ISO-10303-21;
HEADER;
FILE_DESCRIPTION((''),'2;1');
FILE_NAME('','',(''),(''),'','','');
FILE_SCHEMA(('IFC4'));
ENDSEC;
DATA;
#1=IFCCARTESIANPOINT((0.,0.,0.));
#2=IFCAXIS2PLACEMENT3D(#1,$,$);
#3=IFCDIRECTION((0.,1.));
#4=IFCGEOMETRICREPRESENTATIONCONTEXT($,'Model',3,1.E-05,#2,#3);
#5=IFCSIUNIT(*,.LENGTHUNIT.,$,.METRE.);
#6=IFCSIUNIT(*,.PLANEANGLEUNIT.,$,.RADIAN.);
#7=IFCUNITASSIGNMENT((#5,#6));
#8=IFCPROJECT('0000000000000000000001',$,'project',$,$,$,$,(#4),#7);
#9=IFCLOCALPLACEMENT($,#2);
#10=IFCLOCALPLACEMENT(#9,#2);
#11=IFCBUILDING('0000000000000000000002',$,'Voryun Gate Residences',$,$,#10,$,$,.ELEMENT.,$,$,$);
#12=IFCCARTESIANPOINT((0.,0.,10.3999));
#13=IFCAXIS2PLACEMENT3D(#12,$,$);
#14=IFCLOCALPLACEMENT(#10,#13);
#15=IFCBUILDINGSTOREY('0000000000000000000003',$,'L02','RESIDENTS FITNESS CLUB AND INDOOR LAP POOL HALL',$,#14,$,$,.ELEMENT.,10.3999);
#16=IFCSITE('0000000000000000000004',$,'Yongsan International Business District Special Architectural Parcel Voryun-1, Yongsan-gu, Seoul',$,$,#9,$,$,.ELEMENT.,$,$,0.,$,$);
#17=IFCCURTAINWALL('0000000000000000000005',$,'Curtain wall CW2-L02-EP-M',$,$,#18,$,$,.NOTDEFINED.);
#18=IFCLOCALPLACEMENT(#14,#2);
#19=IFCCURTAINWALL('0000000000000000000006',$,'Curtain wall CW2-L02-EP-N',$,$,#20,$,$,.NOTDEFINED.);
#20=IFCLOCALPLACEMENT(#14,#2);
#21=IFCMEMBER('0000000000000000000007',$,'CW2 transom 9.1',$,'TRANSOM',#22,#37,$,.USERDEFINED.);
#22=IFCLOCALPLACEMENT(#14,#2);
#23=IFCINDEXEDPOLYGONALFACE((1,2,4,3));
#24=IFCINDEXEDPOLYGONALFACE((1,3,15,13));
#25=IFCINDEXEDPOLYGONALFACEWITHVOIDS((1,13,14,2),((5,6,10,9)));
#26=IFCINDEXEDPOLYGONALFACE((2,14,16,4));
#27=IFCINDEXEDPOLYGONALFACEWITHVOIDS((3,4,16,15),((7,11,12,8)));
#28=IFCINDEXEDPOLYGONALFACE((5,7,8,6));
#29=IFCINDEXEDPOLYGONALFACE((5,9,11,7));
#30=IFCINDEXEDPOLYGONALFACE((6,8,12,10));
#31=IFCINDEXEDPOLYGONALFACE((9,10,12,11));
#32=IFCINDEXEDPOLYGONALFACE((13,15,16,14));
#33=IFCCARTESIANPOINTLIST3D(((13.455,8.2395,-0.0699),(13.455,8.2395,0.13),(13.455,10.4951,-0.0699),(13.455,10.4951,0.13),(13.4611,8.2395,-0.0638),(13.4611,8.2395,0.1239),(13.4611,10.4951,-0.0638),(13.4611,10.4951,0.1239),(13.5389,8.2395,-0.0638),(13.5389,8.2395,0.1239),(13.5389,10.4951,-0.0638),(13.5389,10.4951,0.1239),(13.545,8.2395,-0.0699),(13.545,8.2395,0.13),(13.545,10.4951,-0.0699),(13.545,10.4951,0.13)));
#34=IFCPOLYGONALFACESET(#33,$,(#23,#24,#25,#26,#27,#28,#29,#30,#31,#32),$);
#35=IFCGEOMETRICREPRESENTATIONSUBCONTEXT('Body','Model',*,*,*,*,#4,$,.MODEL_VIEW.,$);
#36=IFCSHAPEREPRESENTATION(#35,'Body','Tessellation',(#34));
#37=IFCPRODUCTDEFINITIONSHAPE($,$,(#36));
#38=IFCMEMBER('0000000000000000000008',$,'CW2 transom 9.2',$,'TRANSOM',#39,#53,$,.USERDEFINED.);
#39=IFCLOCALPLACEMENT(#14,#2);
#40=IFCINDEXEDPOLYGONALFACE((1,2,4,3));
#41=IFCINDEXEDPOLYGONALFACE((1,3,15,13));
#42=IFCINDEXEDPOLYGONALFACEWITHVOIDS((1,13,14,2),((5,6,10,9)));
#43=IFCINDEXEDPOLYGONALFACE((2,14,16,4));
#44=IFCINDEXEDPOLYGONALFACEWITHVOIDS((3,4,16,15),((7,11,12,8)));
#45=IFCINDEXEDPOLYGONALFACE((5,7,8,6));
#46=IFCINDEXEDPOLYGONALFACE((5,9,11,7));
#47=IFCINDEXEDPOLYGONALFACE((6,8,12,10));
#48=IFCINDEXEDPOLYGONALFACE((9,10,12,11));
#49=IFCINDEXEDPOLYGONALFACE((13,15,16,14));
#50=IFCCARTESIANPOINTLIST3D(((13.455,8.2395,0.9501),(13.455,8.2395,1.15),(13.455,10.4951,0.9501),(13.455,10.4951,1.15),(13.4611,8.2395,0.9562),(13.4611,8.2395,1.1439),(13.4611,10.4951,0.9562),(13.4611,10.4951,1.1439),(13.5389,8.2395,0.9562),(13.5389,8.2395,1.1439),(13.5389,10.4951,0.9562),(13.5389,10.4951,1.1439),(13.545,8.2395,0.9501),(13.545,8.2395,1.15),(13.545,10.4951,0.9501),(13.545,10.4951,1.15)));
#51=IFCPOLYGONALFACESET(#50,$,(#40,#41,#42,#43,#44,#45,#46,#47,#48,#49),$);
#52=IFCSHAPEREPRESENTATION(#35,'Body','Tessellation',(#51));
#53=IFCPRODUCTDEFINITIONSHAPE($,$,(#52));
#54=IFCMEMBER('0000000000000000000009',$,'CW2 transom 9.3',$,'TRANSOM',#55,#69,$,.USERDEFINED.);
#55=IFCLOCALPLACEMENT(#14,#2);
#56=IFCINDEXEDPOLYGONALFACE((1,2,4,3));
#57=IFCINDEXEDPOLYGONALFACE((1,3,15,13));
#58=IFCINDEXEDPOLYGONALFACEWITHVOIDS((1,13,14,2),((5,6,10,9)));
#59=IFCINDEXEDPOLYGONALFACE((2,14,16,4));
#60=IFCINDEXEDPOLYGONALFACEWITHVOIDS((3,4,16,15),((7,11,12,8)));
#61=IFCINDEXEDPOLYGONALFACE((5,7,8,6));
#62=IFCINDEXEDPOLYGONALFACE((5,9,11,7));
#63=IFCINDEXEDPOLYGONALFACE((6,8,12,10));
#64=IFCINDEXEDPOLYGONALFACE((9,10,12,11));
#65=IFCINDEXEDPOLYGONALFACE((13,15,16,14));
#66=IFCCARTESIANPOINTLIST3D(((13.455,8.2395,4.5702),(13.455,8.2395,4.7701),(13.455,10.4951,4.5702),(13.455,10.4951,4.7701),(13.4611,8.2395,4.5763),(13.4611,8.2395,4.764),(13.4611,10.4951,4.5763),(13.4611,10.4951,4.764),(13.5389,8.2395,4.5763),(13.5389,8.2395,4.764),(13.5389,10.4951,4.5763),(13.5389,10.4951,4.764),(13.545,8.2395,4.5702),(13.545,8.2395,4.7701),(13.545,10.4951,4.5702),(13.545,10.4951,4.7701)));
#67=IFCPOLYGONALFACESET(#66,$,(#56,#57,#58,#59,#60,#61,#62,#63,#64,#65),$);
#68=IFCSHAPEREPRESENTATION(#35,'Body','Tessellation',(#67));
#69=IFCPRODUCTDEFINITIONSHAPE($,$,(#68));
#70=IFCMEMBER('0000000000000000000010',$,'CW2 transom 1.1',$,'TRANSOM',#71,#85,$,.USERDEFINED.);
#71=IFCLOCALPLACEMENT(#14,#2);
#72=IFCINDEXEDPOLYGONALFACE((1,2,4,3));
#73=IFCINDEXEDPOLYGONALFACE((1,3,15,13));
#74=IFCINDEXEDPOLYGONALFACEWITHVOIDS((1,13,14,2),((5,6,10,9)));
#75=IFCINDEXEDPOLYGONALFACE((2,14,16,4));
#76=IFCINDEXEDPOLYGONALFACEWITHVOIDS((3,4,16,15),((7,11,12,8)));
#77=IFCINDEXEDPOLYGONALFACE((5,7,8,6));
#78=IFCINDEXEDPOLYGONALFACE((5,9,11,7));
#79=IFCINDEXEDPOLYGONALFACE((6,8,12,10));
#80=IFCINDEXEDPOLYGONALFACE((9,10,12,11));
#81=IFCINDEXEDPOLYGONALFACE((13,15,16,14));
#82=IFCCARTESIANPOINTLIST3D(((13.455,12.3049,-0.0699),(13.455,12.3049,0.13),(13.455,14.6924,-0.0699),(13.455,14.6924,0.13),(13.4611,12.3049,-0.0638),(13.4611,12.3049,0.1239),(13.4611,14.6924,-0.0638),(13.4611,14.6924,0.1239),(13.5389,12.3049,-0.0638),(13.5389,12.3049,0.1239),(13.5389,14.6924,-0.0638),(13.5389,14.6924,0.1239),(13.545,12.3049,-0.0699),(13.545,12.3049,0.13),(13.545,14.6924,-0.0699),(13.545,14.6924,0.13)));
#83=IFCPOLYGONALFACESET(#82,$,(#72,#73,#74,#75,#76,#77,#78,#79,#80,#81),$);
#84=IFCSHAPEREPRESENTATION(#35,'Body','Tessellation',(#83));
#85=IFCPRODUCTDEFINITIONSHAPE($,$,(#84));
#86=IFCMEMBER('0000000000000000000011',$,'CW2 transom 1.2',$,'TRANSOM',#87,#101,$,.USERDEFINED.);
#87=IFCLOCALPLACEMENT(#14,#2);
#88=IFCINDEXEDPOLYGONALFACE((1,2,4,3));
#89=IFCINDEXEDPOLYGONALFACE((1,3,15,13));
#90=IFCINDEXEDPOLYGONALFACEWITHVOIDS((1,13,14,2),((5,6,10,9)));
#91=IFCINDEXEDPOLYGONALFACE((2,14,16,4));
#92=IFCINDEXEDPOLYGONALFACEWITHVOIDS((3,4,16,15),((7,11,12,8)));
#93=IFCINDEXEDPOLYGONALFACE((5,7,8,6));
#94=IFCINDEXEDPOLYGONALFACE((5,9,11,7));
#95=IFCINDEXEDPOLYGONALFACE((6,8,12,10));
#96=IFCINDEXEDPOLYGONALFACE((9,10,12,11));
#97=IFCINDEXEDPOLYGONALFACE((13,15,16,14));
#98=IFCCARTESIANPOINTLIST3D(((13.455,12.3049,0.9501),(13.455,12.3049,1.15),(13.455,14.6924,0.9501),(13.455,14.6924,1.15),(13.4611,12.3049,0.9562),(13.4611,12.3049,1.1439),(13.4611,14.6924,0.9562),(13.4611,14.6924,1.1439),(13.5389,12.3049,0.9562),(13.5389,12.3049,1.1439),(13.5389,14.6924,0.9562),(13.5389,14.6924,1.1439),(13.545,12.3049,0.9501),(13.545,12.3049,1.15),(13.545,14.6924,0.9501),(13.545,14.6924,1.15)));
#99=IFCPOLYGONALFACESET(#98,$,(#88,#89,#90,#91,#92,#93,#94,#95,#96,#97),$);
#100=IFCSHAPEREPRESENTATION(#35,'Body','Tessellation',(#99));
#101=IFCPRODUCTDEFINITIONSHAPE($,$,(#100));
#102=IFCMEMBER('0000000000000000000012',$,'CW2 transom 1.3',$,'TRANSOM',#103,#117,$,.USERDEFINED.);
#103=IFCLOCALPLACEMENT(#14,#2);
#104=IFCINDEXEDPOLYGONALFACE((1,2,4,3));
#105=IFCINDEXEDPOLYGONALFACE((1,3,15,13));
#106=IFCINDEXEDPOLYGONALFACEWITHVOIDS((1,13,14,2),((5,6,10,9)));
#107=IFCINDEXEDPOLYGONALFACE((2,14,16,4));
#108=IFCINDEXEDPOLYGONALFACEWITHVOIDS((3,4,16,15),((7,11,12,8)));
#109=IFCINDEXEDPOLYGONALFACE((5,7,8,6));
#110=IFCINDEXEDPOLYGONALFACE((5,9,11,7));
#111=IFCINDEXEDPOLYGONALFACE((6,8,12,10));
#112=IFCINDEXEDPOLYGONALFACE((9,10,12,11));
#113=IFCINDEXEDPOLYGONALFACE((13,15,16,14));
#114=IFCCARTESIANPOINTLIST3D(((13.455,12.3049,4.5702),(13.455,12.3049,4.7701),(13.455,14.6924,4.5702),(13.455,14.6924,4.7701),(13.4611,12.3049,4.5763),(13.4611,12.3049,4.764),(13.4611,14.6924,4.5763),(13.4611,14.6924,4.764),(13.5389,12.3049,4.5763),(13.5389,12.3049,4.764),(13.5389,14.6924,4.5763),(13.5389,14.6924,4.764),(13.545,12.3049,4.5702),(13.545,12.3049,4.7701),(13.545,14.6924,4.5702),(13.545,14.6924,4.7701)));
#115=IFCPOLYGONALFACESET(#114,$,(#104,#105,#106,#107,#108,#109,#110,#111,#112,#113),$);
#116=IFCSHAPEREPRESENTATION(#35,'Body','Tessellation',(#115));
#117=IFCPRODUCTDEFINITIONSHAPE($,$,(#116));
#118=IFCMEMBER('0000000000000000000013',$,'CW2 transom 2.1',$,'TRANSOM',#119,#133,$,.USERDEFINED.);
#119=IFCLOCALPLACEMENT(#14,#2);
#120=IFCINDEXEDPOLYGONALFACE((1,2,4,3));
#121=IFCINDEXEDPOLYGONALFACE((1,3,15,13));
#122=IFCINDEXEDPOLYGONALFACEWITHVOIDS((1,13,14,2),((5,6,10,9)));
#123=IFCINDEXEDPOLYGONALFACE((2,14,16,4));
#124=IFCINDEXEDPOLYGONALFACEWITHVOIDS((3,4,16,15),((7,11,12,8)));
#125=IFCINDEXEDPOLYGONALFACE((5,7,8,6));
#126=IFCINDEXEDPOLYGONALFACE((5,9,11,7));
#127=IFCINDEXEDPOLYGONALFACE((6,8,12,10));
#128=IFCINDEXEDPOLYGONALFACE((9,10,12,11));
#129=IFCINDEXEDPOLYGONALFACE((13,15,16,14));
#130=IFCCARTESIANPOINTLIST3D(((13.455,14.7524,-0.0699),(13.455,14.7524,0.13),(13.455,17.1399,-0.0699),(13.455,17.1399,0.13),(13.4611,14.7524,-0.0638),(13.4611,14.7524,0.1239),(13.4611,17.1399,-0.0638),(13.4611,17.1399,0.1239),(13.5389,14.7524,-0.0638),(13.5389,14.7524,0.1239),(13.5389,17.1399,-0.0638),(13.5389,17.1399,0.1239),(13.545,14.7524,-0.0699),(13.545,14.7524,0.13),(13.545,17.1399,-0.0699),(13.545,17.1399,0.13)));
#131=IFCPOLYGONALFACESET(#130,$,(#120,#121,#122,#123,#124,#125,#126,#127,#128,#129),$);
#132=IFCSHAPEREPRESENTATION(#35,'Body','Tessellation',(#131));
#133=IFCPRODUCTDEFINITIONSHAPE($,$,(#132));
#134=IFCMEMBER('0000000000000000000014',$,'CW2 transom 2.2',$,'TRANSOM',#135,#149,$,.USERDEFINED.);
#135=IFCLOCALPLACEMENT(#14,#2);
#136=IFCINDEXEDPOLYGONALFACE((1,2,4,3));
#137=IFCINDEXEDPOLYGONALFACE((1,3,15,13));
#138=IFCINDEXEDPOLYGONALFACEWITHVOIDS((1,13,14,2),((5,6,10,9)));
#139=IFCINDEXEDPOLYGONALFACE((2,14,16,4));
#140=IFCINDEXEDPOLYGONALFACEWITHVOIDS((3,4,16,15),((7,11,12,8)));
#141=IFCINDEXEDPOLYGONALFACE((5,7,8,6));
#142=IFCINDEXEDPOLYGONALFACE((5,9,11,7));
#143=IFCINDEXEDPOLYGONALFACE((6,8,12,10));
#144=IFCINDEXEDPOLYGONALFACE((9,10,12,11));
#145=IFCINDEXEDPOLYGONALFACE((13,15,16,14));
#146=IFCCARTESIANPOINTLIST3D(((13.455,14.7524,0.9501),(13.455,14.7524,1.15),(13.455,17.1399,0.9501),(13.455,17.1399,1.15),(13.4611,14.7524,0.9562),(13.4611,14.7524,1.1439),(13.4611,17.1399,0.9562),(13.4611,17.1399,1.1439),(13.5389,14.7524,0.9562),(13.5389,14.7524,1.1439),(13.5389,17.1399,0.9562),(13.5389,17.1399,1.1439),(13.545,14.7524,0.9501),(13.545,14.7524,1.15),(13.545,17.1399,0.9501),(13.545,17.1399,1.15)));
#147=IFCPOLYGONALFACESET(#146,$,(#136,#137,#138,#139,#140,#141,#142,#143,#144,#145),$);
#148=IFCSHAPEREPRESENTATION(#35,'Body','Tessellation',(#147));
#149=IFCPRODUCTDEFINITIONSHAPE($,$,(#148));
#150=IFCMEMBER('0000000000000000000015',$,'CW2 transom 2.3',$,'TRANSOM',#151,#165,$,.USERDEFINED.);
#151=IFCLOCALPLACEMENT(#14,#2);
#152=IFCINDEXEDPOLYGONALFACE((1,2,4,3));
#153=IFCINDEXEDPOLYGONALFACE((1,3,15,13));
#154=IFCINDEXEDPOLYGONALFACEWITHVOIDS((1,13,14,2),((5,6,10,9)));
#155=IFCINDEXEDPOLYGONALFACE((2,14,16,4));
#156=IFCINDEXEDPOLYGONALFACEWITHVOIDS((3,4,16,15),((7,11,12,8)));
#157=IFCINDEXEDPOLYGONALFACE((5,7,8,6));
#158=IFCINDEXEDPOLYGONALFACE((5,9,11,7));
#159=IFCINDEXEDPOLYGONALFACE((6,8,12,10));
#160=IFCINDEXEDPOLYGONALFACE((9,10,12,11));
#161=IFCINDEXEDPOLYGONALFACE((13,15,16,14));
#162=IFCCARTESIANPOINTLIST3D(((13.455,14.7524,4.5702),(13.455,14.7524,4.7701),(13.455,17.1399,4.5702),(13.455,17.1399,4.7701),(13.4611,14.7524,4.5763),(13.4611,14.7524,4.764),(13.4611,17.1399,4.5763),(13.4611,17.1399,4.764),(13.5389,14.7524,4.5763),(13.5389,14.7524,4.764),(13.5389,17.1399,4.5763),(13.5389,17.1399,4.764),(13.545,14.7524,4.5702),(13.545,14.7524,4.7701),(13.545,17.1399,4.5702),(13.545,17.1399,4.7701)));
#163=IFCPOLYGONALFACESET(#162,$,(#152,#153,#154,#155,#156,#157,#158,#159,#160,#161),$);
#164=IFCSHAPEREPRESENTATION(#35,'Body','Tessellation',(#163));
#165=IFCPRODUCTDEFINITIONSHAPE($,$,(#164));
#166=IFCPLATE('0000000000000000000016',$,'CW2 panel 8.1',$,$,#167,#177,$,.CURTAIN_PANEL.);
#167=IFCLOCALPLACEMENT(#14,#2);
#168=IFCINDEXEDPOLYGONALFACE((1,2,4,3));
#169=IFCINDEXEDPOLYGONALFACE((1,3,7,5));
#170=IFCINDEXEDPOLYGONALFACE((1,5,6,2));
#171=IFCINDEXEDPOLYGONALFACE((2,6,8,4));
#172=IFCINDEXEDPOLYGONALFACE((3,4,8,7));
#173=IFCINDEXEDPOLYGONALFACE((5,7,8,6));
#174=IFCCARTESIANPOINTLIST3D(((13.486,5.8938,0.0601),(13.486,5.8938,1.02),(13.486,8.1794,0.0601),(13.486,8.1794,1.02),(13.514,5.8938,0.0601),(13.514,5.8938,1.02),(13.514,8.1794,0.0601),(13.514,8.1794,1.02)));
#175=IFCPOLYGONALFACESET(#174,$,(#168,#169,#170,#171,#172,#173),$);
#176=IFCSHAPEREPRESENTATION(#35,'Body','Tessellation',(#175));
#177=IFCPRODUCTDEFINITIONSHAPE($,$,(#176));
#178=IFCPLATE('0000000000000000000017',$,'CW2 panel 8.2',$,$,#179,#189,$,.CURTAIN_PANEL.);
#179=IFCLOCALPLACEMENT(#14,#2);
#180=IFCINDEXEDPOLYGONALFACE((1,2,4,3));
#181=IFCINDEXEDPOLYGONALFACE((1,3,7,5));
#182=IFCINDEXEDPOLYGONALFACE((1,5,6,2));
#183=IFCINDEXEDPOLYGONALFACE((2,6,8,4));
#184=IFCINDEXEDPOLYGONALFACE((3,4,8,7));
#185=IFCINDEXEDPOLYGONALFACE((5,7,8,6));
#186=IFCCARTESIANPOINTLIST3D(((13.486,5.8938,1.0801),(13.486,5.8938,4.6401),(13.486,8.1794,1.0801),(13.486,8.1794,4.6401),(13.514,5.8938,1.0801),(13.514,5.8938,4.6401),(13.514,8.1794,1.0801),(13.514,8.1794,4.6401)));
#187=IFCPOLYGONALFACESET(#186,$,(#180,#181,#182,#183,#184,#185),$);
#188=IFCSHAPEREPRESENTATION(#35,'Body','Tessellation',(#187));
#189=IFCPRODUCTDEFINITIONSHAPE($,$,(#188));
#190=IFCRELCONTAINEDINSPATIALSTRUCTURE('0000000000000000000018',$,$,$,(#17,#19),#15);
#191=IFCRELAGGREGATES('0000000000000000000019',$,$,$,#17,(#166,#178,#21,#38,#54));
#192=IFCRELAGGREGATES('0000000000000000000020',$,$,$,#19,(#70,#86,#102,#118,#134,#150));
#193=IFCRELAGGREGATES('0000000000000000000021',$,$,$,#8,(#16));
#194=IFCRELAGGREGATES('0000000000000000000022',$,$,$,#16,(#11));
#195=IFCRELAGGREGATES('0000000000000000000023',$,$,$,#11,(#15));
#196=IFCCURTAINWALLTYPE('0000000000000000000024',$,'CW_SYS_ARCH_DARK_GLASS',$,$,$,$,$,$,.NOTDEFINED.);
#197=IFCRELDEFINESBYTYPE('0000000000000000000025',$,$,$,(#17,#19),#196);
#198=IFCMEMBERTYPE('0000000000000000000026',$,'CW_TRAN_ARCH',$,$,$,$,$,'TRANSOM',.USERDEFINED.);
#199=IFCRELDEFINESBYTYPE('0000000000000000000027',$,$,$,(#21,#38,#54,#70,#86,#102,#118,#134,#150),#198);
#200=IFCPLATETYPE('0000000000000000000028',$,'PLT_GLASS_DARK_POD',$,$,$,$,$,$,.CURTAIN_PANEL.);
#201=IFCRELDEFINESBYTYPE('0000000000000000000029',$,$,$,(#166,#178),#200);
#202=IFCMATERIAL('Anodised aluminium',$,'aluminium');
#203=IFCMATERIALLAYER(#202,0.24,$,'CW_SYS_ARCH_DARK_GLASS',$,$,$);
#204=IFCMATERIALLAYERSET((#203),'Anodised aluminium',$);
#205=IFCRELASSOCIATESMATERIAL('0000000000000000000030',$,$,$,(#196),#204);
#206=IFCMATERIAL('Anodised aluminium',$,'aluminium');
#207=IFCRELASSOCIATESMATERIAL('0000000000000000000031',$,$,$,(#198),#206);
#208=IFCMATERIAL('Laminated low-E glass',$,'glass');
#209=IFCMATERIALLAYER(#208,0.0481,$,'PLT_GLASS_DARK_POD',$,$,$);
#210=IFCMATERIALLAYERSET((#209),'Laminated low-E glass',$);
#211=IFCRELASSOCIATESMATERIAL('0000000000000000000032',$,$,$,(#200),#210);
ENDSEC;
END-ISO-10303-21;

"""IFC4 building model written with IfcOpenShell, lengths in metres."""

from ifc_helpers import new_model, si_unit, direction, frame, origin, origin_2d, place, context, subcontext, project, spatial, rectangle, hollow_rectangle, extrude, material, layer, layer_set, material_profile, profile_set, type_object, element, aggregate, save


model = new_model("IFC4")

# Units and contexts
model_context = context("Model", 3, precision=1e-05, world=origin(), true_north=direction((0.0, 1.0)))
body_context = subcontext(model_context, "Body", "Model", "MODEL_VIEW")
ifc_project = project(units=[si_unit("LENGTHUNIT", "METRE"), si_unit("PLANEANGLEUNIT", "RADIAN")], contexts=[model_context])

# Site, building, storey
site_placement = place(None, origin())
site = spatial("IfcSite", under=ifc_project, at=site_placement, Name="Yongsan International Business District Special Architectural Parcel Voryun-1, Yongsan-gu, Seoul", CompositionType="ELEMENT", RefElevation=0.0)
building_placement = place(site_placement, origin())
building = spatial("IfcBuilding", under=site, at=building_placement, Name="Voryun Gate Residences", CompositionType="ELEMENT")
storey_placement = place(building_placement, frame((0.0, 0.0, 10.3999)))
storey = spatial("IfcBuildingStorey", under=building, at=storey_placement, Name="L02", Description="RESIDENTS FITNESS CLUB AND INDOOR LAP POOL HALL", CompositionType="ELEMENT", Elevation=10.3999)

# Curtain walls
ifc_material_1 = material(Name="Anodised aluminium", Category="aluminium")
ifc_layer_1 = layer(ifc_material_1, 0.24, Name="CW_SYS_ARCH_DARK_GLASS")
ifc_layer_set_1 = layer_set([ifc_layer_1], Name="Anodised aluminium")
curtain_wall_type = type_object("IfcCurtainWallType", Name="CW_SYS_ARCH_DARK_GLASS", PredefinedType="NOTDEFINED", material=ifc_layer_set_1)
curtain_wall_1_placement = place(storey_placement, origin())
curtain_wall_1 = element("IfcCurtainWall", 1, at=curtain_wall_1_placement, inside=storey, type_object=curtain_wall_type, Name="Curtain wall CW2-L02-EP-M", PredefinedType="NOTDEFINED")
curtain_wall_2_placement = place(storey_placement, origin())
curtain_wall_2 = element("IfcCurtainWall", 2, at=curtain_wall_2_placement, inside=storey, type_object=curtain_wall_type, Name="Curtain wall CW2-L02-EP-N", PredefinedType="NOTDEFINED")

# Members
ifc_material_2 = material(Name="Anodised aluminium", Category="aluminium")
ifc_material_profile_1 = material_profile(ifc_material_2, hollow_rectangle(XDim=0.0901, YDim=0.2, WallThickness=0.0061, at=origin_2d()), Name="ALU-TRAN-200x90x6")
ifc_profile_set_1 = profile_set([ifc_material_profile_1], Name="Anodised aluminium")
member_type_1 = type_object("IfcMemberType", Name="CW_TRAN_ARCH", ElementType="TRANSOM", PredefinedType="USERDEFINED", material=ifc_profile_set_1)
member_1_placement = place(storey_placement, frame((13.5, 8.2395, 0.03), z_axis=(0.0, 1.0, 0.0), x_axis=(-1.0, 0.0, 0.0)))
member_1 = element("IfcMember", 3, at=member_1_placement, type_object=member_type_1, Name="CW2 transom 9.1", ObjectType="TRANSOM", PredefinedType="USERDEFINED", context=body_context, shape_type="SweptSolid", body=[
    extrude(hollow_rectangle(XDim=0.0901, YDim=0.2, WallThickness=0.0061, at=origin_2d()), origin(), (0.0, 0.0, 1.0), 2.2556),
])
member_2_placement = place(storey_placement, frame((13.5, 8.2395, 1.05), z_axis=(0.0, 1.0, 0.0), x_axis=(-1.0, 0.0, 0.0)))
member_2 = element("IfcMember", 4, at=member_2_placement, type_object=member_type_1, Name="CW2 transom 9.2", ObjectType="TRANSOM", PredefinedType="USERDEFINED", context=body_context, shape_type="SweptSolid", body=[
    extrude(hollow_rectangle(XDim=0.0901, YDim=0.2, WallThickness=0.0061, at=origin_2d()), origin(), (0.0, 0.0, 1.0), 2.2556),
])
member_3_placement = place(storey_placement, frame((13.5, 8.2395, 4.6702), z_axis=(0.0, 1.0, 0.0), x_axis=(-1.0, 0.0, 0.0)))
member_3 = element("IfcMember", 5, at=member_3_placement, type_object=member_type_1, Name="CW2 transom 9.3", ObjectType="TRANSOM", PredefinedType="USERDEFINED", context=body_context, shape_type="SweptSolid", body=[
    extrude(hollow_rectangle(XDim=0.0901, YDim=0.2, WallThickness=0.0061, at=origin_2d()), origin(), (0.0, 0.0, 1.0), 2.2556),
])
member_4_placement = place(storey_placement, frame((13.5, 12.3049, 0.03), z_axis=(0.0, 1.0, 0.0), x_axis=(-1.0, 0.0, 0.0)))
member_4 = element("IfcMember", 6, at=member_4_placement, type_object=member_type_1, Name="CW2 transom 1.1", ObjectType="TRANSOM", PredefinedType="USERDEFINED", context=body_context, shape_type="SweptSolid", body=[
    extrude(hollow_rectangle(XDim=0.0901, YDim=0.2, WallThickness=0.0061, at=origin_2d()), origin(), (0.0, 0.0, 1.0), 2.3875),
])
member_5_placement = place(storey_placement, frame((13.5, 12.3049, 1.05), z_axis=(0.0, 1.0, 0.0), x_axis=(-1.0, 0.0, 0.0)))
member_5 = element("IfcMember", 7, at=member_5_placement, type_object=member_type_1, Name="CW2 transom 1.2", ObjectType="TRANSOM", PredefinedType="USERDEFINED", context=body_context, shape_type="SweptSolid", body=[
    extrude(hollow_rectangle(XDim=0.0901, YDim=0.2, WallThickness=0.0061, at=origin_2d()), origin(), (0.0, 0.0, 1.0), 2.3875),
])
member_6_placement = place(storey_placement, frame((13.5, 12.3049, 4.6702), z_axis=(0.0, 1.0, 0.0), x_axis=(-1.0, 0.0, 0.0)))
member_6 = element("IfcMember", 8, at=member_6_placement, type_object=member_type_1, Name="CW2 transom 1.3", ObjectType="TRANSOM", PredefinedType="USERDEFINED", context=body_context, shape_type="SweptSolid", body=[
    extrude(hollow_rectangle(XDim=0.0901, YDim=0.2, WallThickness=0.0061, at=origin_2d()), origin(), (0.0, 0.0, 1.0), 2.3875),
])
member_7_placement = place(storey_placement, frame((13.5, 14.7524, 0.03), z_axis=(0.0, 1.0, 0.0), x_axis=(-1.0, 0.0, 0.0)))
member_7 = element("IfcMember", 9, at=member_7_placement, type_object=member_type_1, Name="CW2 transom 2.1", ObjectType="TRANSOM", PredefinedType="USERDEFINED", context=body_context, shape_type="SweptSolid", body=[
    extrude(hollow_rectangle(XDim=0.0901, YDim=0.2, WallThickness=0.0061, at=origin_2d()), origin(), (0.0, 0.0, 1.0), 2.3875),
])
member_8_placement = place(storey_placement, frame((13.5, 14.7524, 1.05), z_axis=(0.0, 1.0, 0.0), x_axis=(-1.0, 0.0, 0.0)))
member_8 = element("IfcMember", 10, at=member_8_placement, type_object=member_type_1, Name="CW2 transom 2.2", ObjectType="TRANSOM", PredefinedType="USERDEFINED", context=body_context, shape_type="SweptSolid", body=[
    extrude(hollow_rectangle(XDim=0.0901, YDim=0.2, WallThickness=0.0061, at=origin_2d()), origin(), (0.0, 0.0, 1.0), 2.3875),
])
member_9_placement = place(storey_placement, frame((13.5, 14.7524, 4.6702), z_axis=(0.0, 1.0, 0.0), x_axis=(-1.0, 0.0, 0.0)))
member_9 = element("IfcMember", 11, at=member_9_placement, type_object=member_type_1, Name="CW2 transom 2.3", ObjectType="TRANSOM", PredefinedType="USERDEFINED", context=body_context, shape_type="SweptSolid", body=[
    extrude(hollow_rectangle(XDim=0.0901, YDim=0.2, WallThickness=0.0061, at=origin_2d()), origin(), (0.0, 0.0, 1.0), 2.3875),
])

# Plates
ifc_material_3 = material(Name="Laminated low-E glass", Category="glass")
ifc_layer_2 = layer(ifc_material_3, 0.0481, Name="PLT_GLASS_DARK_POD")
ifc_layer_set_2 = layer_set([ifc_layer_2], Name="Laminated low-E glass")
plate_type = type_object("IfcPlateType", Name="PLT_GLASS_DARK_POD", PredefinedType="CURTAIN_PANEL", material=ifc_layer_set_2)
plate_1_placement = place(storey_placement, frame((13.5, 7.0366, 0.0601), z_axis=(0.0, 0.0, 1.0), x_axis=(0.0, 1.0, 0.0)))
plate_1 = element("IfcPlate", 12, at=plate_1_placement, type_object=plate_type, Name="CW2 panel 8.1", PredefinedType="CURTAIN_PANEL", context=body_context, shape_type="SweptSolid", body=[
    extrude(rectangle(XDim=2.2856, YDim=0.0281, at=origin_2d()), origin(), (0.0, 0.0, 1.0), 0.96),
])
plate_2_placement = place(storey_placement, frame((13.5, 7.0366, 1.0801), z_axis=(0.0, 0.0, 1.0), x_axis=(0.0, 1.0, 0.0)))
plate_2 = element("IfcPlate", 13, at=plate_2_placement, type_object=plate_type, Name="CW2 panel 8.2", PredefinedType="CURTAIN_PANEL", context=body_context, shape_type="SweptSolid", body=[
    extrude(rectangle(XDim=2.2856, YDim=0.0281, at=origin_2d()), origin(), (0.0, 0.0, 1.0), 3.5601),
])
aggregate(curtain_wall_1, [plate_1, plate_2, member_1, member_2, member_3])
aggregate(curtain_wall_2, [member_4, member_5, member_6, member_7, member_8, member_9])

save(model, "model.ifc")
